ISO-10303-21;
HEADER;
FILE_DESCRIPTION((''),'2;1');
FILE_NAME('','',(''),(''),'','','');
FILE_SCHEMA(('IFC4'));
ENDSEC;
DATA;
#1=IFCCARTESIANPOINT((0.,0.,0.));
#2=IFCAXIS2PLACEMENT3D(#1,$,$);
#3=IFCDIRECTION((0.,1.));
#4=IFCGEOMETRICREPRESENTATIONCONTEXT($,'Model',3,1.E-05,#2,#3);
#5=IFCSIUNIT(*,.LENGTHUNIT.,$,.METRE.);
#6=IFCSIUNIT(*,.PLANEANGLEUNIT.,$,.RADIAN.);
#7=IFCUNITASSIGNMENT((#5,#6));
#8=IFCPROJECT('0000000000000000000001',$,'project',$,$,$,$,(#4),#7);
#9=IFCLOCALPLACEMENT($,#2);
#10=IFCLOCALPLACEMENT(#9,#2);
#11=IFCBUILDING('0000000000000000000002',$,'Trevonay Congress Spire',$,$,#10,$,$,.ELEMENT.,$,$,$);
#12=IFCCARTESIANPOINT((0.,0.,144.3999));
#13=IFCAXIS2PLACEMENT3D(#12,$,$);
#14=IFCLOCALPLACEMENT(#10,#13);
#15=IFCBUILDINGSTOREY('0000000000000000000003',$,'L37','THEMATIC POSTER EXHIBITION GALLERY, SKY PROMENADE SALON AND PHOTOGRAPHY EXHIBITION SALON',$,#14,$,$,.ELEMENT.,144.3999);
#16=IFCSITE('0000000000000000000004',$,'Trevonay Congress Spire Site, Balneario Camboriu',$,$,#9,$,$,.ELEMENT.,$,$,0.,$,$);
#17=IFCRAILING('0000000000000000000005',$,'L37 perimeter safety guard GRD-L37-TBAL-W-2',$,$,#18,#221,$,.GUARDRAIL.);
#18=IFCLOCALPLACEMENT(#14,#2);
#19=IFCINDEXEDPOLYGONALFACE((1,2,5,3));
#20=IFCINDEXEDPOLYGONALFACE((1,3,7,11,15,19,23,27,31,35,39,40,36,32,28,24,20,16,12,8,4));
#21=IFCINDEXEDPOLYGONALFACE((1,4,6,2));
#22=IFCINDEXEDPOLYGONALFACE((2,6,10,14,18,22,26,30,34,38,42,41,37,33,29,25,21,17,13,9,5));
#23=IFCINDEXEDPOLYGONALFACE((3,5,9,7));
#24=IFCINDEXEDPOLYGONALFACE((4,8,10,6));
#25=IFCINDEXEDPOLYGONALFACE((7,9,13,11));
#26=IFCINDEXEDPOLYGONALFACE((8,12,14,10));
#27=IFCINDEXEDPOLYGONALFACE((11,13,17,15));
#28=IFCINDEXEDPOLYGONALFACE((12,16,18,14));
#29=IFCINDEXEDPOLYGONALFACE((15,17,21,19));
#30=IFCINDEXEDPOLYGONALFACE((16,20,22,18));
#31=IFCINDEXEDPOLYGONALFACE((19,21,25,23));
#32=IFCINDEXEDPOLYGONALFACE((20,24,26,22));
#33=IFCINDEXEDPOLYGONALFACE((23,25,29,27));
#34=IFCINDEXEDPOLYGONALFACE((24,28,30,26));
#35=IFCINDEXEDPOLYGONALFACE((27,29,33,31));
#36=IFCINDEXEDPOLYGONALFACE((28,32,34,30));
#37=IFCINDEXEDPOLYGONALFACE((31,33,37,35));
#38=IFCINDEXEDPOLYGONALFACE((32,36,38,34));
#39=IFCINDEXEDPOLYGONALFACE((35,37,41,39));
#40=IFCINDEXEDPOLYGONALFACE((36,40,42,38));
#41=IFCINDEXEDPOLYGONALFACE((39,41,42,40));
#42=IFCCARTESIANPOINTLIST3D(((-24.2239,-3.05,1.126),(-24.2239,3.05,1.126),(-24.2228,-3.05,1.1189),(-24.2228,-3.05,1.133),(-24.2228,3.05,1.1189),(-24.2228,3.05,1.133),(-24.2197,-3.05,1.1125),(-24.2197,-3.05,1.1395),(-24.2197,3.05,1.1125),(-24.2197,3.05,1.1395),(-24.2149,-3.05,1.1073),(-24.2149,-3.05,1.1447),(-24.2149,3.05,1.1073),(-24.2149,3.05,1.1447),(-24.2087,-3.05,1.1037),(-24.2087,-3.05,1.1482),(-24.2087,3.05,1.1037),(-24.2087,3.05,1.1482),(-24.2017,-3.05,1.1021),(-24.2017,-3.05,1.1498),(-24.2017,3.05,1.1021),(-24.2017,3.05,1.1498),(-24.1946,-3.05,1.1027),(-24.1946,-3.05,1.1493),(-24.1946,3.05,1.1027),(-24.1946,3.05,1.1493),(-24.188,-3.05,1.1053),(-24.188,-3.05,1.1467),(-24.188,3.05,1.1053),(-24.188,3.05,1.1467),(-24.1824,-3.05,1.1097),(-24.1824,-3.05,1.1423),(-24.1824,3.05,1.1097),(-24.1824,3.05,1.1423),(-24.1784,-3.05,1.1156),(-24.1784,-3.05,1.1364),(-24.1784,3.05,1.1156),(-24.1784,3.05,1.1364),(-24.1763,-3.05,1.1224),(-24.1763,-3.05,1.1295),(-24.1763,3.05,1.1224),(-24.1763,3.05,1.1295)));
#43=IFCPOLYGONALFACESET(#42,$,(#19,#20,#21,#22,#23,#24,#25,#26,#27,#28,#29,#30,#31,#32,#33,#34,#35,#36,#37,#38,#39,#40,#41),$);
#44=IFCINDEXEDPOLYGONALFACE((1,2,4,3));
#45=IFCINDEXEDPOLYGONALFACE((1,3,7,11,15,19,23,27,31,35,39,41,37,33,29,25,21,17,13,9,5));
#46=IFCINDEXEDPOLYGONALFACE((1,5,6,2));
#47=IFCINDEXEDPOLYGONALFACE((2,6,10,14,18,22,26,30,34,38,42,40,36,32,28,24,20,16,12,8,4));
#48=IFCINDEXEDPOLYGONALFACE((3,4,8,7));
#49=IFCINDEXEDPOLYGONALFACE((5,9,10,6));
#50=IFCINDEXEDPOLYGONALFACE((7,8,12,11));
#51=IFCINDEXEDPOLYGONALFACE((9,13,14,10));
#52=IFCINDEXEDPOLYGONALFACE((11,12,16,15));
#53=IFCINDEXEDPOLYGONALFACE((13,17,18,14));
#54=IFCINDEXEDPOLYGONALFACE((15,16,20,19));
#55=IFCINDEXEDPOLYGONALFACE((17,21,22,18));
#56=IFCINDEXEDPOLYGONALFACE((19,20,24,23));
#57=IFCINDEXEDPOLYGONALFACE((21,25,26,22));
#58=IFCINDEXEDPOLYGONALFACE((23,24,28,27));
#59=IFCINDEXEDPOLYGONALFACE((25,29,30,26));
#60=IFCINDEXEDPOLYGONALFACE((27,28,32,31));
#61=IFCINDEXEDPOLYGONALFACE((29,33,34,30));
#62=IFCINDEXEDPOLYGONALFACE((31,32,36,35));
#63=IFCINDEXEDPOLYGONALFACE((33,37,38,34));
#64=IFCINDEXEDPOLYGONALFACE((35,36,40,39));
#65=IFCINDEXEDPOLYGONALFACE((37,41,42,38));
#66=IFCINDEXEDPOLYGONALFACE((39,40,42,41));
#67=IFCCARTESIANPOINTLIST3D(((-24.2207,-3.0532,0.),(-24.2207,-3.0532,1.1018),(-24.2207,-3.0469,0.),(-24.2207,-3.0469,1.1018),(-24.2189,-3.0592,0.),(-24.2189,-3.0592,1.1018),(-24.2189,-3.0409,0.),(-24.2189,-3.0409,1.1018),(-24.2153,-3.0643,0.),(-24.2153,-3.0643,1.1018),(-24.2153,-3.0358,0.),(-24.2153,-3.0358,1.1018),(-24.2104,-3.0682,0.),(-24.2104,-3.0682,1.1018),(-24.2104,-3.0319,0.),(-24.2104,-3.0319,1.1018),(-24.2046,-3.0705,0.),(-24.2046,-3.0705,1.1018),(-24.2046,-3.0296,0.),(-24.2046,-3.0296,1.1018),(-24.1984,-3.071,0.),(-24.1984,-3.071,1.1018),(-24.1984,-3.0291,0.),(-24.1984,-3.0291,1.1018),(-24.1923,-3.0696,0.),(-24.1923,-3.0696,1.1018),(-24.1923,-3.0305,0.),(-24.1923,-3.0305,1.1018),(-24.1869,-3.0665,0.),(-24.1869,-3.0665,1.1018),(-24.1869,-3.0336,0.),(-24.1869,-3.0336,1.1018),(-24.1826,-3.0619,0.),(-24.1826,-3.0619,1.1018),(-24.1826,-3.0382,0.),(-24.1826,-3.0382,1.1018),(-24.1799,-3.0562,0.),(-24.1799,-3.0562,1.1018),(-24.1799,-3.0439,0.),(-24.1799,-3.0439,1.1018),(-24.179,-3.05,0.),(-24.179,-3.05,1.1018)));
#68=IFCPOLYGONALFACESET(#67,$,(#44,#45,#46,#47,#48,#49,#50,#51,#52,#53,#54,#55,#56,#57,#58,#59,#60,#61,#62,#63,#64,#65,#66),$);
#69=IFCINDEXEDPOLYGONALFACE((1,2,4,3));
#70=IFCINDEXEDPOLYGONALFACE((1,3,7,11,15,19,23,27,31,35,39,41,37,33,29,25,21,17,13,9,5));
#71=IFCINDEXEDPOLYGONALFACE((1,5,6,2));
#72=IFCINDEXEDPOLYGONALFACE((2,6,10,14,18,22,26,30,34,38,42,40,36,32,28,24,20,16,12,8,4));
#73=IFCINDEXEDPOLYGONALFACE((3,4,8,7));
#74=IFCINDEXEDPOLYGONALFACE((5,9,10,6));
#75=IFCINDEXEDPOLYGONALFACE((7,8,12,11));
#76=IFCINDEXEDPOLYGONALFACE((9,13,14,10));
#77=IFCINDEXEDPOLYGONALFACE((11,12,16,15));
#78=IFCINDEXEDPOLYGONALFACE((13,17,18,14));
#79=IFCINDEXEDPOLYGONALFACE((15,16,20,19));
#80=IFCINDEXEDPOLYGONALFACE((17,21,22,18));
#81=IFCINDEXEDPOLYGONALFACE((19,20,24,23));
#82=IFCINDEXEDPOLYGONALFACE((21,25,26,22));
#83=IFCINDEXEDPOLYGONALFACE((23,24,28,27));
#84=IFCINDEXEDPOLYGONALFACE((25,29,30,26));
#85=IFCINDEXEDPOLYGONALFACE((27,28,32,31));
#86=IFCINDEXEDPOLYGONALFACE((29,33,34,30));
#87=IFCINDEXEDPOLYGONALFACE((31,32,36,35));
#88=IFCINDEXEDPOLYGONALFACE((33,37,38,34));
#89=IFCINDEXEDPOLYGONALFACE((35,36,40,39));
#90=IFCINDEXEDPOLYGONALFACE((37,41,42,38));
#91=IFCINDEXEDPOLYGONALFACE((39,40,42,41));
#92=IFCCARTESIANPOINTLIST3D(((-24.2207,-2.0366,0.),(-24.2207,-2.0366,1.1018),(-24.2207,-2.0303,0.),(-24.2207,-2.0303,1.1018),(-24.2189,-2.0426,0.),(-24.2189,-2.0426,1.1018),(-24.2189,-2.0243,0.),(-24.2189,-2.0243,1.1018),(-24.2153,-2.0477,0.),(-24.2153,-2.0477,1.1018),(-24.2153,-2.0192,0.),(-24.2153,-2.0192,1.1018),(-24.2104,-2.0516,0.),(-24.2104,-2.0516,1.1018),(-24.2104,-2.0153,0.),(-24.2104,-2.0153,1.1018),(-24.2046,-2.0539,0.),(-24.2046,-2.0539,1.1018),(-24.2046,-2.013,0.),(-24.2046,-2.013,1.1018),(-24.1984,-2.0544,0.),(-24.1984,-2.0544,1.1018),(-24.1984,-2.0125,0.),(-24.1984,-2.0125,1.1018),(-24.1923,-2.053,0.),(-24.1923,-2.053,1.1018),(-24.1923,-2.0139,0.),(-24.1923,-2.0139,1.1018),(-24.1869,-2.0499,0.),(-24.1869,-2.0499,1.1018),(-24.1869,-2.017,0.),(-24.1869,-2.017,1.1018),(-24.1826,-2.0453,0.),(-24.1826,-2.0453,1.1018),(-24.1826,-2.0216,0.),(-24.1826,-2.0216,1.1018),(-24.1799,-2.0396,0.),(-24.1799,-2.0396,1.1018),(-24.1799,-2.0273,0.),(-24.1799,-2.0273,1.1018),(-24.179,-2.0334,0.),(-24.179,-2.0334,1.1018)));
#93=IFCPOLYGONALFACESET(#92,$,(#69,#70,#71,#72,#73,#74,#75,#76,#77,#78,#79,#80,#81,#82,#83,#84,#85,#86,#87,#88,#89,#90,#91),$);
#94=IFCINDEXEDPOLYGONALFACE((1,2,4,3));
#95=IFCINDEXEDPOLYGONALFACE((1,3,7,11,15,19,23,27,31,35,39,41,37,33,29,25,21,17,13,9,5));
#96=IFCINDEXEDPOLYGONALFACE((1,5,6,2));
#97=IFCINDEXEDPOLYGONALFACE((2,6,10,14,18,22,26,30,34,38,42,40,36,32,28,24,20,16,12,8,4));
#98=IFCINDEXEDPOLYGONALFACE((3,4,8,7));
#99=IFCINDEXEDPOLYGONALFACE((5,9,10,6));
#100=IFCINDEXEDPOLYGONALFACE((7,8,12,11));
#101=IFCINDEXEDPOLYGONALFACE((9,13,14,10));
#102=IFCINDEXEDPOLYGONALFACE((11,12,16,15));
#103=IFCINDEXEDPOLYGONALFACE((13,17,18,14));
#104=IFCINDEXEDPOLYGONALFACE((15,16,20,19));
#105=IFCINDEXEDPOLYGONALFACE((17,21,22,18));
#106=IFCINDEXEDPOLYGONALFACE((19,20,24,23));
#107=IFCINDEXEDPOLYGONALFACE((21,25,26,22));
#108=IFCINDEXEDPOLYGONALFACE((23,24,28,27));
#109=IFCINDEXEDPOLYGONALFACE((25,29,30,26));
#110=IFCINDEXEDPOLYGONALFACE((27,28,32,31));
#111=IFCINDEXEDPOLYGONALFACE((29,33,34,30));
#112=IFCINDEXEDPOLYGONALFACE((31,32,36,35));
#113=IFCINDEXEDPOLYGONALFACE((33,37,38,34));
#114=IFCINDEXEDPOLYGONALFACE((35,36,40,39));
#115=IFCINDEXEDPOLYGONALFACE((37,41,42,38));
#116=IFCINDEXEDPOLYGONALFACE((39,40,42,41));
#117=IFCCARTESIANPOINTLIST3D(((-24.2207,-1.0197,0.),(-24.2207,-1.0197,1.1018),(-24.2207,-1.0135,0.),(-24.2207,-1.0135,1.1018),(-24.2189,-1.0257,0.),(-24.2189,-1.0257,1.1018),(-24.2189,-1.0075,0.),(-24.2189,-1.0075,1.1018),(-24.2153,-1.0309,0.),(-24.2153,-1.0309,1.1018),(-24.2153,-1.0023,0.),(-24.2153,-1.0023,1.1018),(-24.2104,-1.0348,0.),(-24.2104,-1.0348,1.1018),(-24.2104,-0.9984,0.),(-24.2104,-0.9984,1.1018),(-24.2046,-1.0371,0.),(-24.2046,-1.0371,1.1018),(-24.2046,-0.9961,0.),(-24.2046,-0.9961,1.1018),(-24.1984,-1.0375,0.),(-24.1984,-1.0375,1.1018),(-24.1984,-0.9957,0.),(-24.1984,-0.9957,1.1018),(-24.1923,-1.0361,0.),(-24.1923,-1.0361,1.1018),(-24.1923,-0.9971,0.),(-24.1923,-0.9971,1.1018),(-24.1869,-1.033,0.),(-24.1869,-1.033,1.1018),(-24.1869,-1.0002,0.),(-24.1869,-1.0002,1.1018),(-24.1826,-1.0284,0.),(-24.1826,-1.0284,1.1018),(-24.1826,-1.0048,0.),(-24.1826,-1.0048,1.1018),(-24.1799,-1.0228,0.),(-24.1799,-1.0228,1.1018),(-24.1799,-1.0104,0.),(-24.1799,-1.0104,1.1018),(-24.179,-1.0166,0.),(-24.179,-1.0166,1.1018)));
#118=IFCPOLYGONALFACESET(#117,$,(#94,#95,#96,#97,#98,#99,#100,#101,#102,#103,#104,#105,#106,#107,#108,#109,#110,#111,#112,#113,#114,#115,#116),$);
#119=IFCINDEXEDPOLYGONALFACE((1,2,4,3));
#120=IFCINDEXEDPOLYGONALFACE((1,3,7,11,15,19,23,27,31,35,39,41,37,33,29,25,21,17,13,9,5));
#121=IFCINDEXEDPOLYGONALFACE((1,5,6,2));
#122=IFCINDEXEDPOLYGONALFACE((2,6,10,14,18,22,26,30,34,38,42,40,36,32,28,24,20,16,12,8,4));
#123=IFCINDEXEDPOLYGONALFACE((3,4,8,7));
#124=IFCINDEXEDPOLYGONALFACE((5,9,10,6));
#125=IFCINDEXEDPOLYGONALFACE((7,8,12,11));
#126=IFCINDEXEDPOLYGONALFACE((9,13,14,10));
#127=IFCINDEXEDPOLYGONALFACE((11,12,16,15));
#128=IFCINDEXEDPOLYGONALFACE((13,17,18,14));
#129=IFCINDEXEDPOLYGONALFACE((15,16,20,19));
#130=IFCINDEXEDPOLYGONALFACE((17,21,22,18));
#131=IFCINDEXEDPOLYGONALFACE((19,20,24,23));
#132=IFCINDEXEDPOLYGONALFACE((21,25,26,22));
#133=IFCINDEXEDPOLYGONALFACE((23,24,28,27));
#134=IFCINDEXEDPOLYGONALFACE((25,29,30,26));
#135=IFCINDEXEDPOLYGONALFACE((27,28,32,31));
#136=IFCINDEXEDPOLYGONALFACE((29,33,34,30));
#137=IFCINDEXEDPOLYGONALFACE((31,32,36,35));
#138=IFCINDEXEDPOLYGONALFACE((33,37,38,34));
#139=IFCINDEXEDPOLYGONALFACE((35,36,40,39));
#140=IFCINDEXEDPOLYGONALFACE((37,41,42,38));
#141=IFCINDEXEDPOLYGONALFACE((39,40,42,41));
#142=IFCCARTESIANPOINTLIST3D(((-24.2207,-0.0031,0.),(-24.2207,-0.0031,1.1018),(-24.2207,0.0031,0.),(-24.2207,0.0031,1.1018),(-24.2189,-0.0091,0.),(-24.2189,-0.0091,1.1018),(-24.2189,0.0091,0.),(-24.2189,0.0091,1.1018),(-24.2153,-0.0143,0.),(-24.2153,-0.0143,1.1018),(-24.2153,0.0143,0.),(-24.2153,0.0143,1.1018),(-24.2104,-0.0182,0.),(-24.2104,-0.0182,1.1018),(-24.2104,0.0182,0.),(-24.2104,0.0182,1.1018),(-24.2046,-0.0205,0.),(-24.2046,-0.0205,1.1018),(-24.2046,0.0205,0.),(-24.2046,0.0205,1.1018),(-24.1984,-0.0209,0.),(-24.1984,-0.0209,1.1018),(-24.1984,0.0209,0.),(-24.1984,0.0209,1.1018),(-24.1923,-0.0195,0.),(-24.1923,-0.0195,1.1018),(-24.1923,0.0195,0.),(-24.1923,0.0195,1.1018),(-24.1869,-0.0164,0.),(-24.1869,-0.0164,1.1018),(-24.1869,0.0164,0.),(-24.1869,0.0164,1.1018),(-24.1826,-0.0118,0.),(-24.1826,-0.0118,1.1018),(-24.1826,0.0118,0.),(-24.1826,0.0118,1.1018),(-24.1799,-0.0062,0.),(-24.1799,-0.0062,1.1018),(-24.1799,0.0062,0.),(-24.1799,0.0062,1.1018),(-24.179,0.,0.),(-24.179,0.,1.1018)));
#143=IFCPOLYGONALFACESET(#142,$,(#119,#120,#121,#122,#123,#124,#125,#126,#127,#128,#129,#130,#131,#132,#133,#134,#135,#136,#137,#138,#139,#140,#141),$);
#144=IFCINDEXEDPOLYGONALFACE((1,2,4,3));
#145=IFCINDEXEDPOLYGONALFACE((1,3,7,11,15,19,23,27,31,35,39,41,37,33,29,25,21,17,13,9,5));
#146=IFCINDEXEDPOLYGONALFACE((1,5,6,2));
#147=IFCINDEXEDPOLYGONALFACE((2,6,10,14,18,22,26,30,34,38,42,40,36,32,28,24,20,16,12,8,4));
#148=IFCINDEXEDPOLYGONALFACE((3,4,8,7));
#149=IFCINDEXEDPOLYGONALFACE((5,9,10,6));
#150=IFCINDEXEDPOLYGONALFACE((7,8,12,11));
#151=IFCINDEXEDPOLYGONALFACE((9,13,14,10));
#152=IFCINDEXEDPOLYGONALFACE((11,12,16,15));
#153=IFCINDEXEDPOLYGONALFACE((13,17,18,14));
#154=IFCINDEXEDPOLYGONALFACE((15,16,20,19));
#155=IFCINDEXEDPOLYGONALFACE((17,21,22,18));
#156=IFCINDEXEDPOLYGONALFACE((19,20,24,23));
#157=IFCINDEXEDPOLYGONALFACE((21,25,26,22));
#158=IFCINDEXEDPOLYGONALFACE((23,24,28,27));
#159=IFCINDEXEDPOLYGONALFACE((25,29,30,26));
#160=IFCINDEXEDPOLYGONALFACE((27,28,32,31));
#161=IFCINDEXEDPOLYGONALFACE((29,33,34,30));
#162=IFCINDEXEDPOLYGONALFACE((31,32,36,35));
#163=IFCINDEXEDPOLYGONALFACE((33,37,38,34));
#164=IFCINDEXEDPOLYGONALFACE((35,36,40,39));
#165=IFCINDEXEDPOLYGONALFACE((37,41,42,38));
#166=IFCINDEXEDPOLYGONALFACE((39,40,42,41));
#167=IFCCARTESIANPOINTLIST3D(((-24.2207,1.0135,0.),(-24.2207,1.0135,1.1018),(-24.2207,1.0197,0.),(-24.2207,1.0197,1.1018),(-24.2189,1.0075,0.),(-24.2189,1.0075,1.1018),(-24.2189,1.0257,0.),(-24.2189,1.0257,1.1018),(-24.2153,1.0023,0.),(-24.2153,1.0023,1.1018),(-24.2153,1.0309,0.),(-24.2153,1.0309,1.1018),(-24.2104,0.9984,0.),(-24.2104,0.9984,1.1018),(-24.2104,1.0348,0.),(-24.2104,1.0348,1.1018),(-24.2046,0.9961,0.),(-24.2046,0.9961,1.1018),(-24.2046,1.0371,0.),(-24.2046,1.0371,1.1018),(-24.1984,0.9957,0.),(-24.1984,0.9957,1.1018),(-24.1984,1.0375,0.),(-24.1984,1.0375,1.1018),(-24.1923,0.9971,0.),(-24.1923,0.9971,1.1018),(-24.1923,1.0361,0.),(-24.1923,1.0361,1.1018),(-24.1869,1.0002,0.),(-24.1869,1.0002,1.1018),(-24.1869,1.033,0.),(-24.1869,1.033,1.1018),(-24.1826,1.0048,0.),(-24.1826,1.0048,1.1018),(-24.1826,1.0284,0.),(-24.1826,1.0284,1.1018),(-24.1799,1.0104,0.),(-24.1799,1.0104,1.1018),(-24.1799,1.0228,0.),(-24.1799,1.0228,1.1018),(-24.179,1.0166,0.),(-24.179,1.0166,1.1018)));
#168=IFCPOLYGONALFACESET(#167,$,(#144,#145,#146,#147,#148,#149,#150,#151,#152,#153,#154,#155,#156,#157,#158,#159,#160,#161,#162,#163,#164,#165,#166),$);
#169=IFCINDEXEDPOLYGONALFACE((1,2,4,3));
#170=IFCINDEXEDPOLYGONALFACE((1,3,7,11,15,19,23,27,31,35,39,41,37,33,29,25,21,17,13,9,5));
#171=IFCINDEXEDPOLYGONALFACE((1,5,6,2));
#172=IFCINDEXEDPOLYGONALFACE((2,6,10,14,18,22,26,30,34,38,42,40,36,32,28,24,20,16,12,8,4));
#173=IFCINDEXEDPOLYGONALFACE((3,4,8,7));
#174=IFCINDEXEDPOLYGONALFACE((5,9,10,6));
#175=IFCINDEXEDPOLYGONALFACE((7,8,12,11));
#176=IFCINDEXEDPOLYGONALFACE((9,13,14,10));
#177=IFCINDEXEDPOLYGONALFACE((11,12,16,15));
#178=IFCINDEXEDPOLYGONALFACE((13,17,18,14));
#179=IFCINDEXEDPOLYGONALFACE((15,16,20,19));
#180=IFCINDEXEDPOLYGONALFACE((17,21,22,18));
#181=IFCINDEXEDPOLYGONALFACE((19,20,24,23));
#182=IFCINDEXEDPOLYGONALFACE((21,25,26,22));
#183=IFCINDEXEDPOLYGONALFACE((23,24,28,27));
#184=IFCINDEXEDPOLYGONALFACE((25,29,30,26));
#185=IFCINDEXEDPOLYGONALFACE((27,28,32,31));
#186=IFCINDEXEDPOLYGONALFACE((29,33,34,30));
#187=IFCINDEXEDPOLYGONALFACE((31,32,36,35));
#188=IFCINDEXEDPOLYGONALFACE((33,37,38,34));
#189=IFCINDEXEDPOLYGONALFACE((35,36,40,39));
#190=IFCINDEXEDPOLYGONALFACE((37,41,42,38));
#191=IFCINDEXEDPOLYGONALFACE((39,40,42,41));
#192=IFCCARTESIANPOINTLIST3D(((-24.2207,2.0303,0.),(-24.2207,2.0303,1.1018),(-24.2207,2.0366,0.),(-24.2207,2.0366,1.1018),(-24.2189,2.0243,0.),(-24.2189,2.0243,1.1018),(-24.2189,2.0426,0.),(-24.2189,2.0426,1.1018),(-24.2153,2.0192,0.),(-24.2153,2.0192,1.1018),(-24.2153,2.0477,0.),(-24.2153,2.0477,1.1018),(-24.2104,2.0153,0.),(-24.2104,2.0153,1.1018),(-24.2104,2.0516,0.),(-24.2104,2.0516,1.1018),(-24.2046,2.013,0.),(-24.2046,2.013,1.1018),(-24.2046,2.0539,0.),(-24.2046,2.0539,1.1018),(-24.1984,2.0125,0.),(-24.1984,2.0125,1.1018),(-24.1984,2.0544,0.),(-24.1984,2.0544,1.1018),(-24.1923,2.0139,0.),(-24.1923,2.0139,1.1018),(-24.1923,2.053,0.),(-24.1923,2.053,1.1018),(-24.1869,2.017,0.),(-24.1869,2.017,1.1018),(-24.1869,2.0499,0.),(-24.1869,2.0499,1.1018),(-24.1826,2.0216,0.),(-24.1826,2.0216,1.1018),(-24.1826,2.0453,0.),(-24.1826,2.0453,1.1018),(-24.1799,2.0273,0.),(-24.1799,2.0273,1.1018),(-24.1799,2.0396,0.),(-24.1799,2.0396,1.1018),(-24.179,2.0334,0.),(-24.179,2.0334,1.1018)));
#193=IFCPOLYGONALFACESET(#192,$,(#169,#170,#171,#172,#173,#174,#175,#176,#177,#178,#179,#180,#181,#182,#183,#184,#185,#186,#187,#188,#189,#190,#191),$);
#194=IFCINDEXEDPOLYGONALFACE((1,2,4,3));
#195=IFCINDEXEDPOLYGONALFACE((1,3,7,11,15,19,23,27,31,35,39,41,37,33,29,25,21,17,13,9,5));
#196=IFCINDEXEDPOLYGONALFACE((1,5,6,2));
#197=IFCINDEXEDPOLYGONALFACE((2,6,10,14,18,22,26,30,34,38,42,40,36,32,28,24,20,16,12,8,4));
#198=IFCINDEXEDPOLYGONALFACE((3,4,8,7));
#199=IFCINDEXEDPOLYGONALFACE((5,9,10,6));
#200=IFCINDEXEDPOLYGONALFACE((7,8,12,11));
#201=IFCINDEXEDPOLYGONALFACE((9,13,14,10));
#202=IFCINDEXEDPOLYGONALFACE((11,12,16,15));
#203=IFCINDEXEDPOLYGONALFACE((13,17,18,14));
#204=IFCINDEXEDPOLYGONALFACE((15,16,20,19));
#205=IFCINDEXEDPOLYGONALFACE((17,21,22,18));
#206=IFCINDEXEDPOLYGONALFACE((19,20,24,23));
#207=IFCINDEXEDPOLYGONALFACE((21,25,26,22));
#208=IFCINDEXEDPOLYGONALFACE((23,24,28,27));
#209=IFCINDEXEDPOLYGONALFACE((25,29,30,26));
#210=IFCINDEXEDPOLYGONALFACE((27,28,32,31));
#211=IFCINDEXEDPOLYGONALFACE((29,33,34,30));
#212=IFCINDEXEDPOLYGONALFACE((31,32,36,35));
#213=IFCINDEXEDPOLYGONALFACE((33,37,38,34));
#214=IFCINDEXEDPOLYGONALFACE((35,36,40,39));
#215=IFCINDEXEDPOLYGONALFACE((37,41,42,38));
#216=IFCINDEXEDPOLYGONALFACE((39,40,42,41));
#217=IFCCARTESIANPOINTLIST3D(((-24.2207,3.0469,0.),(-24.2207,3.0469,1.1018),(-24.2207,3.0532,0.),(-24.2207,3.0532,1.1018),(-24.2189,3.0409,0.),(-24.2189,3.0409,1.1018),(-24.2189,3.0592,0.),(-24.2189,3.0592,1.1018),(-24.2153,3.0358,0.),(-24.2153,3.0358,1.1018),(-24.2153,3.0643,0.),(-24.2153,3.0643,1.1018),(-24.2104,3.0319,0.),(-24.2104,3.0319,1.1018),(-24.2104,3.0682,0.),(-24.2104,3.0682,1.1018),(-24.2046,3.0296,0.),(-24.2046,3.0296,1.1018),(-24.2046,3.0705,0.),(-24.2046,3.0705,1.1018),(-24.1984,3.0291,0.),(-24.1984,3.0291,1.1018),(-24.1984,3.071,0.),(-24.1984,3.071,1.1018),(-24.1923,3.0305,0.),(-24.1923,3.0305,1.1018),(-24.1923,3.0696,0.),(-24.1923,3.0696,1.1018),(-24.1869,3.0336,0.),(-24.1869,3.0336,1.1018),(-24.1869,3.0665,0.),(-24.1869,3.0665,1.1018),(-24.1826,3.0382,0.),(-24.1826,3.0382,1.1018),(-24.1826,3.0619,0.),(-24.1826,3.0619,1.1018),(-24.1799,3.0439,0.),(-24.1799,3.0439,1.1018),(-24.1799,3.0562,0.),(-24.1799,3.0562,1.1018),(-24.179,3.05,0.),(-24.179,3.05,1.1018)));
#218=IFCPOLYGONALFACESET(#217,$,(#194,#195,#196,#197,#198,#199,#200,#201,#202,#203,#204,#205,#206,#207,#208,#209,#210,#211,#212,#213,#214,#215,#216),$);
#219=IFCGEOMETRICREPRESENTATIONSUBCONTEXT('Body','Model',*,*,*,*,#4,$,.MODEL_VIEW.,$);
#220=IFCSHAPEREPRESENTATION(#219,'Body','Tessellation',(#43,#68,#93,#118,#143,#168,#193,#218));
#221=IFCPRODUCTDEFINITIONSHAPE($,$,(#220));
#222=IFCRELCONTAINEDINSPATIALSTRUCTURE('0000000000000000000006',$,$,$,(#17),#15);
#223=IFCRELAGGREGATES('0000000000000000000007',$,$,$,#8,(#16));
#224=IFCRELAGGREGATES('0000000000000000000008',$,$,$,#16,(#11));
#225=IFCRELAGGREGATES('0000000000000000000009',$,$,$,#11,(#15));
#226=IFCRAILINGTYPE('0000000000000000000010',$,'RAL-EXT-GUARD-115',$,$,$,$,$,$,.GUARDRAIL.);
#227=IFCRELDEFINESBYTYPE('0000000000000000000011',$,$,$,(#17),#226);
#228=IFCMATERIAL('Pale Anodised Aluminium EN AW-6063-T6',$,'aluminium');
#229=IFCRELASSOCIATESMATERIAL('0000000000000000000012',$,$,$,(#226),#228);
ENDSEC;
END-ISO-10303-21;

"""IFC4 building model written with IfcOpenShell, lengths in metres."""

from ifc_helpers import new_model, si_unit, direction, frame, origin, origin_2d, place, context, subcontext, project, spatial, circle, extrude, material, type_object, element, save


model = new_model("IFC4")

# Units and contexts
model_context = context("Model", 3, precision=1e-05, world=origin(), true_north=direction((0.0, 1.0)))
body_context = subcontext(model_context, "Body", "Model", "MODEL_VIEW")
ifc_project = project(units=[si_unit("LENGTHUNIT", "METRE"), si_unit("PLANEANGLEUNIT", "RADIAN")], contexts=[model_context])

# Site, building, storey
site_placement = place(None, origin())
site = spatial("IfcSite", under=ifc_project, at=site_placement, Name="Trevonay Congress Spire Site, Balneario Camboriu", CompositionType="ELEMENT", RefElevation=0.0)
building_placement = place(site_placement, origin())
building = spatial("IfcBuilding", under=site, at=building_placement, Name="Trevonay Congress Spire", CompositionType="ELEMENT")
storey_placement = place(building_placement, frame((0.0, 0.0, 144.3999)))
storey = spatial("IfcBuildingStorey", under=building, at=storey_placement, Name="L37", Description="THEMATIC POSTER EXHIBITION GALLERY, SKY PROMENADE SALON AND PHOTOGRAPHY EXHIBITION SALON", CompositionType="ELEMENT", Elevation=144.3999)

# Shared definitions
ifc_material_1 = material(Name="Pale Anodised Aluminium EN AW-6063-T6", Category="aluminium")

# Railing
railing_type = type_object("IfcRailingType", Name="RAL-EXT-GUARD-115", PredefinedType="GUARDRAIL", material=ifc_material_1)
railing_1_placement = place(storey_placement, frame((-24.2, -3.05, 0.0)))
element("IfcRailing", 1, at=railing_1_placement, inside=storey, type_object=railing_type, Name="L37 perimeter safety guard GRD-L37-TBAL-W-2", PredefinedType="GUARDRAIL", context=body_context, shape_type="SweptSolid", body=[
    extrude(circle(Radius=0.0239, at=origin_2d()), frame((0.0, 0.0, 1.126), z_axis=(0.0, 1.0, 0.0), x_axis=(-1.0, 0.0, 0.0)), (0.0, 0.0, 1.0), 6.1001),
    extrude(circle(Radius=0.021, at=origin_2d()), origin(), (0.0, 0.0, 1.0), 1.1018),
    extrude(circle(Radius=0.021, at=origin_2d()), frame((0.0, 1.0166, 0.0)), (0.0, 0.0, 1.0), 1.1018),
    extrude(circle(Radius=0.021, at=origin_2d()), frame((0.0, 2.0334, 0.0)), (0.0, 0.0, 1.0), 1.1018),
    extrude(circle(Radius=0.021, at=origin_2d()), frame((0.0, 3.05, 0.0)), (0.0, 0.0, 1.0), 1.1018),
    extrude(circle(Radius=0.021, at=origin_2d()), frame((0.0, 4.0667, 0.0)), (0.0, 0.0, 1.0), 1.1018),
    extrude(circle(Radius=0.021, at=origin_2d()), frame((0.0, 5.0835, 0.0)), (0.0, 0.0, 1.0), 1.1018),
    extrude(circle(Radius=0.021, at=origin_2d()), frame((0.0, 6.1001, 0.0)), (0.0, 0.0, 1.0), 1.1018),
])

save(model, "model.ifc")
